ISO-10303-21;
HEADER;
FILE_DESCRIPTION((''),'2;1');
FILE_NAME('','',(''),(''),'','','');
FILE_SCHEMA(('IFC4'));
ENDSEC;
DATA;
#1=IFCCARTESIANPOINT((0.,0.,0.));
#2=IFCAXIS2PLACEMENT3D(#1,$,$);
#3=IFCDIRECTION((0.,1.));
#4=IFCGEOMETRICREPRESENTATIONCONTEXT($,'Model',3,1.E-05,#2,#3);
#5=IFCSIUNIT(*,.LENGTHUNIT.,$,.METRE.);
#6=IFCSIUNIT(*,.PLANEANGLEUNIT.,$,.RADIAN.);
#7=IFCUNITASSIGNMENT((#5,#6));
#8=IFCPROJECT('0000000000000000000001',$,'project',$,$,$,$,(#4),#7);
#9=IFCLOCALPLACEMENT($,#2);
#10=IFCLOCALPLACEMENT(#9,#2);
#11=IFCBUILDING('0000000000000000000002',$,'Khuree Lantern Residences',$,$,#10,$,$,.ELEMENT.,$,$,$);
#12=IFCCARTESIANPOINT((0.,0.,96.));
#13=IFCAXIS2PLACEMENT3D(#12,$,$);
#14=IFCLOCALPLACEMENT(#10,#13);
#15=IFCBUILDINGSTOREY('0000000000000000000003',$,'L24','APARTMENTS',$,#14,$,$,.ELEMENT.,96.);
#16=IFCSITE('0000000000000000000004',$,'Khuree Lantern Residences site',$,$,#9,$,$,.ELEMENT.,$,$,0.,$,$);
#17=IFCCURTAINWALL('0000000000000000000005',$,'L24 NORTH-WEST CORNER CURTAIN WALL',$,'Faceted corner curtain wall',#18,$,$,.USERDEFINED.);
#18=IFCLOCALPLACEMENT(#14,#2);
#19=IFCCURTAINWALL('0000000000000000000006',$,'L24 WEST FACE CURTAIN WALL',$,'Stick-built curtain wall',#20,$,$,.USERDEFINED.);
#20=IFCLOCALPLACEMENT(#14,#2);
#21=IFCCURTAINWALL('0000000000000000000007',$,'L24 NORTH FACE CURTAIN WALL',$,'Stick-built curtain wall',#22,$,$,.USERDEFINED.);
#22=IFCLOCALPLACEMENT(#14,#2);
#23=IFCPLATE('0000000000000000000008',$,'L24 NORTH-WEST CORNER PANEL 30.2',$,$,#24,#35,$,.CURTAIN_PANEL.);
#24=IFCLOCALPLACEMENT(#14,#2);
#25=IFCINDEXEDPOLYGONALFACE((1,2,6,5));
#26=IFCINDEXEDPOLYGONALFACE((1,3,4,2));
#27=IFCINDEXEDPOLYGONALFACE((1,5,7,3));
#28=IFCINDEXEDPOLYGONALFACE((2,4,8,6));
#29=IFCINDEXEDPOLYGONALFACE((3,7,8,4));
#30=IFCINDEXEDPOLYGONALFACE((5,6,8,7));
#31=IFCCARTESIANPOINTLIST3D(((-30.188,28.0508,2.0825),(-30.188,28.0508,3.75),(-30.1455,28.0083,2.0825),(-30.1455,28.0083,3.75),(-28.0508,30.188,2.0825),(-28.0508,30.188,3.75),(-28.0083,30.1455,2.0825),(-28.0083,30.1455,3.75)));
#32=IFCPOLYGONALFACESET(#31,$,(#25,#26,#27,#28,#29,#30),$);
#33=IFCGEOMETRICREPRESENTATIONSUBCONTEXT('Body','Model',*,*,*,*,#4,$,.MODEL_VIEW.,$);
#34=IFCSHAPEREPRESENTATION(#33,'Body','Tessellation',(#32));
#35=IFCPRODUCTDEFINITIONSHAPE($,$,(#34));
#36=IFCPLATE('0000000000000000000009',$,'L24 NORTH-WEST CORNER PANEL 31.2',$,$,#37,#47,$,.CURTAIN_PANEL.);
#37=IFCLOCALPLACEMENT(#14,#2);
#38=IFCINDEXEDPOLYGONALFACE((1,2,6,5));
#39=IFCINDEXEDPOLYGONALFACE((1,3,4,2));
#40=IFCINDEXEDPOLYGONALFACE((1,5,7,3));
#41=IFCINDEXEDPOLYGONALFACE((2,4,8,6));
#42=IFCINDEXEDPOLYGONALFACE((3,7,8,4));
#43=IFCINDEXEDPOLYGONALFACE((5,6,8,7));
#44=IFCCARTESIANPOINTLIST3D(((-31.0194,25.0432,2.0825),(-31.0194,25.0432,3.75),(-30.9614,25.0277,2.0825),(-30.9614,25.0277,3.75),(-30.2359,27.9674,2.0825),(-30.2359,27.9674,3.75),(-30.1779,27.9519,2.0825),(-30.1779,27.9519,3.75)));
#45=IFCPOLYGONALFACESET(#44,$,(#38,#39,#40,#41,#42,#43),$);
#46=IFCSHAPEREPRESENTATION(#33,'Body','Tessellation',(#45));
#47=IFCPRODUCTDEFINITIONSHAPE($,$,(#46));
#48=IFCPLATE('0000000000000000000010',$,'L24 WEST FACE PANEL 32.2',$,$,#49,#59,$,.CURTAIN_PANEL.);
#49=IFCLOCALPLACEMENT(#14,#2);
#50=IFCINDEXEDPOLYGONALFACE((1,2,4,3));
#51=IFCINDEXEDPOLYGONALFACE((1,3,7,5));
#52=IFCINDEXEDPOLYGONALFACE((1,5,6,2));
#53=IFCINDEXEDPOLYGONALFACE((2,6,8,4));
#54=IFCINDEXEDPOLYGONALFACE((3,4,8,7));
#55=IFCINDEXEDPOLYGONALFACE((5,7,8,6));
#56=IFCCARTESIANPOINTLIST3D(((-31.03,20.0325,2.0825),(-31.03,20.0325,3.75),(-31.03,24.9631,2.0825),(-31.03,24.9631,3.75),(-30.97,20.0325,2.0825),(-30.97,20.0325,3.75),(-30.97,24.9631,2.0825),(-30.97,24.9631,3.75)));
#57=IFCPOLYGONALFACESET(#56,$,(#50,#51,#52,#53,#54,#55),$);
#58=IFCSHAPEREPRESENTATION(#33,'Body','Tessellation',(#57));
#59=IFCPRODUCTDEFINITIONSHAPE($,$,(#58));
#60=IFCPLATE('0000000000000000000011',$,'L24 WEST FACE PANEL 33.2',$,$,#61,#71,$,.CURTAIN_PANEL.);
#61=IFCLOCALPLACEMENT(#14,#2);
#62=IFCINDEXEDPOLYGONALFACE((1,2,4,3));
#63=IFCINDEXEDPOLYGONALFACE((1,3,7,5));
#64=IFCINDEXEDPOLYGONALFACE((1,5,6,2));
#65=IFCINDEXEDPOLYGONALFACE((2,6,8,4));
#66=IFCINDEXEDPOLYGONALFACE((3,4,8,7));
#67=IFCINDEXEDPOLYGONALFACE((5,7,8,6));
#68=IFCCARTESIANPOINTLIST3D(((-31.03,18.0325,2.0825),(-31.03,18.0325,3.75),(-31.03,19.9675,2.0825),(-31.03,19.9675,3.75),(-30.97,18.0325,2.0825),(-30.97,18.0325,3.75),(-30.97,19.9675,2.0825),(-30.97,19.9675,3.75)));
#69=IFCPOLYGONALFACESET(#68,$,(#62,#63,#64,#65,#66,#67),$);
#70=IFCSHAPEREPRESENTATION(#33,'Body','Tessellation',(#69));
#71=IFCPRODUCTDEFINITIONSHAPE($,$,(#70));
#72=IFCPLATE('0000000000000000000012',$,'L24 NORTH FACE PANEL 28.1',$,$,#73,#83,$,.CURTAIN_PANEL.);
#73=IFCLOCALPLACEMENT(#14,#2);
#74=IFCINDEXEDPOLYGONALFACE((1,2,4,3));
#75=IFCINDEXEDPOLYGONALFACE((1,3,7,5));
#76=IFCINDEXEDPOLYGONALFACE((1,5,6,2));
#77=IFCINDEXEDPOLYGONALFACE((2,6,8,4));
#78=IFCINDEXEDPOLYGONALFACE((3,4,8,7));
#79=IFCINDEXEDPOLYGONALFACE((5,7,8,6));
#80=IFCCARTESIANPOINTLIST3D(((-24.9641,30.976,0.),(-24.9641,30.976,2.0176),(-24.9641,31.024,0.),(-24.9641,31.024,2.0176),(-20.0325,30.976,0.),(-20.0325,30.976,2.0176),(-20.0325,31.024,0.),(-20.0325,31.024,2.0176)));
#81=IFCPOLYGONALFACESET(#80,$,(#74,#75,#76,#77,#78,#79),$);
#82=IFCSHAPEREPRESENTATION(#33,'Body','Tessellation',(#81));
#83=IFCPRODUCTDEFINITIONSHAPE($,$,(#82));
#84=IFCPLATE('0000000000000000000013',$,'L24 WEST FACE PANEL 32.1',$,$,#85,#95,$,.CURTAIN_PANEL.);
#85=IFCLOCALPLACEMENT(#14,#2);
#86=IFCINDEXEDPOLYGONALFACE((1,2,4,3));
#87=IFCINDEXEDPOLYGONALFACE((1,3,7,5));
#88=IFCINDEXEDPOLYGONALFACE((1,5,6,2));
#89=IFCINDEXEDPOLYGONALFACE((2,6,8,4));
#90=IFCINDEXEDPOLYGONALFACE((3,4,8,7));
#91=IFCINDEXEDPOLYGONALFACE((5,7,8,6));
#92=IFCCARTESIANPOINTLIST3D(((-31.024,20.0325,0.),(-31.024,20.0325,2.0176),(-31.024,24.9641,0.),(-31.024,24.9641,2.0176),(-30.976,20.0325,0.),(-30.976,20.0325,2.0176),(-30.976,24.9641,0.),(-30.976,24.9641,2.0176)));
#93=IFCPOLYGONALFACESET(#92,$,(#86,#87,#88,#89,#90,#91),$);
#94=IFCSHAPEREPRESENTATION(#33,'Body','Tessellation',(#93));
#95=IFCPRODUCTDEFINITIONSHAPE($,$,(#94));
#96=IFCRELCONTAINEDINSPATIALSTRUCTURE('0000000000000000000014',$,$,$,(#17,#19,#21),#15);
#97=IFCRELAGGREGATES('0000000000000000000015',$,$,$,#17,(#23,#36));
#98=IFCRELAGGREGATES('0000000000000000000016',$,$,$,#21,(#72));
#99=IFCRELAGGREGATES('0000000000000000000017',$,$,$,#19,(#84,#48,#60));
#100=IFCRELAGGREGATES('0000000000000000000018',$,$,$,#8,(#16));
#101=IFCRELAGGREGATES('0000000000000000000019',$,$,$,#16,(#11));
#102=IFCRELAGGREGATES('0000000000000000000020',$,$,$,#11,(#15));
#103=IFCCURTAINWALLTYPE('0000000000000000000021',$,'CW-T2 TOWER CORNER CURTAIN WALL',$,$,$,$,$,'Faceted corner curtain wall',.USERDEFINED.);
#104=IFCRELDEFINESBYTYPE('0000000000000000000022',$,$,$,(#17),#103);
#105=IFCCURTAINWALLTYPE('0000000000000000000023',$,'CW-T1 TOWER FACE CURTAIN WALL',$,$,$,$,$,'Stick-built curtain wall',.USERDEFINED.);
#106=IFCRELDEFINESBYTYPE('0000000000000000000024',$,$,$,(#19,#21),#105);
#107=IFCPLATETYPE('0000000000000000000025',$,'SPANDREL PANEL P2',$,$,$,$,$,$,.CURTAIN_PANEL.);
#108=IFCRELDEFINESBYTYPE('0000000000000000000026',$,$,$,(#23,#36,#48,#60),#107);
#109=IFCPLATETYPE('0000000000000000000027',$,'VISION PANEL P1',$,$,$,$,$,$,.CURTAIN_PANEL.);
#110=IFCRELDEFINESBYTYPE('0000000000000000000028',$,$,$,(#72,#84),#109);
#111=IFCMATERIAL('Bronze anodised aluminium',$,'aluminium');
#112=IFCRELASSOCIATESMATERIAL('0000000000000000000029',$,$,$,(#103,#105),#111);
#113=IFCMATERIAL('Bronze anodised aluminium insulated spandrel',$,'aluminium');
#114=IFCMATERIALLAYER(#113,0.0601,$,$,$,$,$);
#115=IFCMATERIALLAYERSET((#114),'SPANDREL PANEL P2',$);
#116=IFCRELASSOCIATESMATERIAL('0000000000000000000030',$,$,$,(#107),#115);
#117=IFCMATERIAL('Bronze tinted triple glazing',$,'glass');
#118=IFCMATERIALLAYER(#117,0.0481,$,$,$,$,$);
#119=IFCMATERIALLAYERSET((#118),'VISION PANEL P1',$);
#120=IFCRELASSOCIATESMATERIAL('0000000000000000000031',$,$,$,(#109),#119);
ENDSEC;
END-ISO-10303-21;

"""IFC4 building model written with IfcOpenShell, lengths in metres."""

from ifc_helpers import new_model, si_unit, direction, frame, origin, origin_2d, place, context, subcontext, project, spatial, rectangle, extrude, material, layer, layer_set, type_object, element, aggregate, save


model = new_model("IFC4")

# Units and contexts
model_context = context("Model", 3, precision=1e-05, world=origin(), true_north=direction((0.0, 1.0)))
body_context = subcontext(model_context, "Body", "Model", "MODEL_VIEW")
ifc_project = project(units=[si_unit("LENGTHUNIT", "METRE"), si_unit("PLANEANGLEUNIT", "RADIAN")], contexts=[model_context])

# Site, building, storey
site_placement = place(None, origin())
site = spatial("IfcSite", under=ifc_project, at=site_placement, Name="Khuree Lantern Residences site", CompositionType="ELEMENT", RefElevation=0.0)
building_placement = place(site_placement, origin())
building = spatial("IfcBuilding", under=site, at=building_placement, Name="Khuree Lantern Residences", CompositionType="ELEMENT")
storey_placement = place(building_placement, frame((0.0, 0.0, 96.0)))
storey = spatial("IfcBuildingStorey", under=building, at=storey_placement, Name="L24", Description="APARTMENTS", CompositionType="ELEMENT", Elevation=96.0)

# Curtain wall
ifc_material_1 = material(Name="Bronze anodised aluminium", Category="aluminium")
curtain_wall_type_1 = type_object("IfcCurtainWallType", Name="CW-T2 TOWER CORNER CURTAIN WALL", ElementType="Faceted corner curtain wall", PredefinedType="USERDEFINED", material=ifc_material_1)
curtain_wall_1_placement = place(storey_placement, origin())
curtain_wall_1 = element("IfcCurtainWall", 1, at=curtain_wall_1_placement, inside=storey, type_object=curtain_wall_type_1, Name="L24 NORTH-WEST CORNER CURTAIN WALL", ObjectType="Faceted corner curtain wall", PredefinedType="USERDEFINED")

# Curtain wall
curtain_wall_type_2 = type_object("IfcCurtainWallType", Name="CW-T1 TOWER FACE CURTAIN WALL", ElementType="Stick-built curtain wall", PredefinedType="USERDEFINED", material=ifc_material_1)
curtain_wall_2_placement = place(storey_placement, origin())
curtain_wall_2 = element("IfcCurtainWall", 2, at=curtain_wall_2_placement, inside=storey, type_object=curtain_wall_type_2, Name="L24 WEST FACE CURTAIN WALL", ObjectType="Stick-built curtain wall", PredefinedType="USERDEFINED")

# Shared definitions
ifc_material_2 = material(Name="Bronze tinted triple glazing", Category="glass")

# Curtain wall
curtain_wall_3_placement = place(storey_placement, origin())
curtain_wall_3 = element("IfcCurtainWall", 3, at=curtain_wall_3_placement, inside=storey, type_object=curtain_wall_type_2, Name="L24 NORTH FACE CURTAIN WALL", ObjectType="Stick-built curtain wall", PredefinedType="USERDEFINED")
ifc_material_3 = material(Name="Bronze anodised aluminium insulated spandrel", Category="aluminium")
ifc_layer_1 = layer(ifc_material_3, 0.0601)
ifc_layer_set_1 = layer_set([ifc_layer_1], Name="SPANDREL PANEL P2")
plate_type_1 = type_object("IfcPlateType", Name="SPANDREL PANEL P2", PredefinedType="CURTAIN_PANEL", material=ifc_layer_set_1)

# Plates
plate_1_placement = place(storey_placement, frame((-29.0981, 29.0981, 2.0825), z_axis=(0.0, 0.0, 1.0), x_axis=(-0.707107, -0.707107, 0.0)))
plate_1 = element("IfcPlate", 4, at=plate_1_placement, type_object=plate_type_1, Name="L24 NORTH-WEST CORNER PANEL 30.2", PredefinedType="CURTAIN_PANEL", context=body_context, shape_type="SweptSolid", body=[
    extrude(rectangle(XDim=3.0225, YDim=0.0601, at=origin_2d()), origin(), (0.0, 0.0, 1.0), 1.6675),
])
plate_2_placement = place(storey_placement, frame((-30.5986, 26.4976, 2.0825), z_axis=(0.0, 0.0, 1.0), x_axis=(-0.258819, -0.965926, 0.0)))
plate_2 = element("IfcPlate", 5, at=plate_2_placement, type_object=plate_type_1, Name="L24 NORTH-WEST CORNER PANEL 31.2", PredefinedType="CURTAIN_PANEL", context=body_context, shape_type="SweptSolid", body=[
    extrude(rectangle(XDim=3.0273, YDim=0.0601, at=origin_2d()), origin(), (0.0, 0.0, 1.0), 1.6675),
])
aggregate(curtain_wall_1, [plate_1, plate_2])
plate_3_placement = place(storey_placement, frame((-31.0, 22.4978, 2.0825), z_axis=(0.0, 0.0, 1.0), x_axis=(0.0, -1.0, 0.0)))
plate_3 = element("IfcPlate", 6, at=plate_3_placement, type_object=plate_type_1, Name="L24 WEST FACE PANEL 32.2", PredefinedType="CURTAIN_PANEL", context=body_context, shape_type="SweptSolid", body=[
    extrude(rectangle(XDim=4.9307, YDim=0.0601, at=origin_2d()), origin(), (0.0, 0.0, 1.0), 1.6675),
])
plate_4_placement = place(storey_placement, frame((-31.0, 19.0, 2.0825), z_axis=(0.0, 0.0, 1.0), x_axis=(0.0, -1.0, 0.0)))
plate_4 = element("IfcPlate", 7, at=plate_4_placement, type_object=plate_type_1, Name="L24 WEST FACE PANEL 33.2", PredefinedType="CURTAIN_PANEL", context=body_context, shape_type="SweptSolid", body=[
    extrude(rectangle(XDim=1.9351, YDim=0.0601, at=origin_2d()), origin(), (0.0, 0.0, 1.0), 1.6675),
])
ifc_layer_2 = layer(ifc_material_2, 0.0481)
ifc_layer_set_2 = layer_set([ifc_layer_2], Name="VISION PANEL P1")
plate_type_2 = type_object("IfcPlateType", Name="VISION PANEL P1", PredefinedType="CURTAIN_PANEL", material=ifc_layer_set_2)
plate_5_placement = place(storey_placement, frame((-22.4983, 31.0, 0.0), z_axis=(0.0, 0.0, 1.0), x_axis=(-1.0, 0.0, 0.0)))
plate_5 = element("IfcPlate", 8, at=plate_5_placement, type_object=plate_type_2, Name="L24 NORTH FACE PANEL 28.1", PredefinedType="CURTAIN_PANEL", context=body_context, shape_type="SweptSolid", body=[
    extrude(rectangle(XDim=4.9316, YDim=0.0481, at=origin_2d()), origin(), (0.0, 0.0, 1.0), 2.0176),
])
aggregate(curtain_wall_3, [plate_5])
plate_6_placement = place(storey_placement, frame((-31.0, 22.4983, 0.0), z_axis=(0.0, 0.0, 1.0), x_axis=(0.0, -1.0, 0.0)))
plate_6 = element("IfcPlate", 9, at=plate_6_placement, type_object=plate_type_2, Name="L24 WEST FACE PANEL 32.1", PredefinedType="CURTAIN_PANEL", context=body_context, shape_type="SweptSolid", body=[
    extrude(rectangle(XDim=4.9316, YDim=0.0481, at=origin_2d()), origin(), (0.0, 0.0, 1.0), 2.0176),
])
aggregate(curtain_wall_2, [plate_6, plate_3, plate_4])

save(model, "model.ifc")
